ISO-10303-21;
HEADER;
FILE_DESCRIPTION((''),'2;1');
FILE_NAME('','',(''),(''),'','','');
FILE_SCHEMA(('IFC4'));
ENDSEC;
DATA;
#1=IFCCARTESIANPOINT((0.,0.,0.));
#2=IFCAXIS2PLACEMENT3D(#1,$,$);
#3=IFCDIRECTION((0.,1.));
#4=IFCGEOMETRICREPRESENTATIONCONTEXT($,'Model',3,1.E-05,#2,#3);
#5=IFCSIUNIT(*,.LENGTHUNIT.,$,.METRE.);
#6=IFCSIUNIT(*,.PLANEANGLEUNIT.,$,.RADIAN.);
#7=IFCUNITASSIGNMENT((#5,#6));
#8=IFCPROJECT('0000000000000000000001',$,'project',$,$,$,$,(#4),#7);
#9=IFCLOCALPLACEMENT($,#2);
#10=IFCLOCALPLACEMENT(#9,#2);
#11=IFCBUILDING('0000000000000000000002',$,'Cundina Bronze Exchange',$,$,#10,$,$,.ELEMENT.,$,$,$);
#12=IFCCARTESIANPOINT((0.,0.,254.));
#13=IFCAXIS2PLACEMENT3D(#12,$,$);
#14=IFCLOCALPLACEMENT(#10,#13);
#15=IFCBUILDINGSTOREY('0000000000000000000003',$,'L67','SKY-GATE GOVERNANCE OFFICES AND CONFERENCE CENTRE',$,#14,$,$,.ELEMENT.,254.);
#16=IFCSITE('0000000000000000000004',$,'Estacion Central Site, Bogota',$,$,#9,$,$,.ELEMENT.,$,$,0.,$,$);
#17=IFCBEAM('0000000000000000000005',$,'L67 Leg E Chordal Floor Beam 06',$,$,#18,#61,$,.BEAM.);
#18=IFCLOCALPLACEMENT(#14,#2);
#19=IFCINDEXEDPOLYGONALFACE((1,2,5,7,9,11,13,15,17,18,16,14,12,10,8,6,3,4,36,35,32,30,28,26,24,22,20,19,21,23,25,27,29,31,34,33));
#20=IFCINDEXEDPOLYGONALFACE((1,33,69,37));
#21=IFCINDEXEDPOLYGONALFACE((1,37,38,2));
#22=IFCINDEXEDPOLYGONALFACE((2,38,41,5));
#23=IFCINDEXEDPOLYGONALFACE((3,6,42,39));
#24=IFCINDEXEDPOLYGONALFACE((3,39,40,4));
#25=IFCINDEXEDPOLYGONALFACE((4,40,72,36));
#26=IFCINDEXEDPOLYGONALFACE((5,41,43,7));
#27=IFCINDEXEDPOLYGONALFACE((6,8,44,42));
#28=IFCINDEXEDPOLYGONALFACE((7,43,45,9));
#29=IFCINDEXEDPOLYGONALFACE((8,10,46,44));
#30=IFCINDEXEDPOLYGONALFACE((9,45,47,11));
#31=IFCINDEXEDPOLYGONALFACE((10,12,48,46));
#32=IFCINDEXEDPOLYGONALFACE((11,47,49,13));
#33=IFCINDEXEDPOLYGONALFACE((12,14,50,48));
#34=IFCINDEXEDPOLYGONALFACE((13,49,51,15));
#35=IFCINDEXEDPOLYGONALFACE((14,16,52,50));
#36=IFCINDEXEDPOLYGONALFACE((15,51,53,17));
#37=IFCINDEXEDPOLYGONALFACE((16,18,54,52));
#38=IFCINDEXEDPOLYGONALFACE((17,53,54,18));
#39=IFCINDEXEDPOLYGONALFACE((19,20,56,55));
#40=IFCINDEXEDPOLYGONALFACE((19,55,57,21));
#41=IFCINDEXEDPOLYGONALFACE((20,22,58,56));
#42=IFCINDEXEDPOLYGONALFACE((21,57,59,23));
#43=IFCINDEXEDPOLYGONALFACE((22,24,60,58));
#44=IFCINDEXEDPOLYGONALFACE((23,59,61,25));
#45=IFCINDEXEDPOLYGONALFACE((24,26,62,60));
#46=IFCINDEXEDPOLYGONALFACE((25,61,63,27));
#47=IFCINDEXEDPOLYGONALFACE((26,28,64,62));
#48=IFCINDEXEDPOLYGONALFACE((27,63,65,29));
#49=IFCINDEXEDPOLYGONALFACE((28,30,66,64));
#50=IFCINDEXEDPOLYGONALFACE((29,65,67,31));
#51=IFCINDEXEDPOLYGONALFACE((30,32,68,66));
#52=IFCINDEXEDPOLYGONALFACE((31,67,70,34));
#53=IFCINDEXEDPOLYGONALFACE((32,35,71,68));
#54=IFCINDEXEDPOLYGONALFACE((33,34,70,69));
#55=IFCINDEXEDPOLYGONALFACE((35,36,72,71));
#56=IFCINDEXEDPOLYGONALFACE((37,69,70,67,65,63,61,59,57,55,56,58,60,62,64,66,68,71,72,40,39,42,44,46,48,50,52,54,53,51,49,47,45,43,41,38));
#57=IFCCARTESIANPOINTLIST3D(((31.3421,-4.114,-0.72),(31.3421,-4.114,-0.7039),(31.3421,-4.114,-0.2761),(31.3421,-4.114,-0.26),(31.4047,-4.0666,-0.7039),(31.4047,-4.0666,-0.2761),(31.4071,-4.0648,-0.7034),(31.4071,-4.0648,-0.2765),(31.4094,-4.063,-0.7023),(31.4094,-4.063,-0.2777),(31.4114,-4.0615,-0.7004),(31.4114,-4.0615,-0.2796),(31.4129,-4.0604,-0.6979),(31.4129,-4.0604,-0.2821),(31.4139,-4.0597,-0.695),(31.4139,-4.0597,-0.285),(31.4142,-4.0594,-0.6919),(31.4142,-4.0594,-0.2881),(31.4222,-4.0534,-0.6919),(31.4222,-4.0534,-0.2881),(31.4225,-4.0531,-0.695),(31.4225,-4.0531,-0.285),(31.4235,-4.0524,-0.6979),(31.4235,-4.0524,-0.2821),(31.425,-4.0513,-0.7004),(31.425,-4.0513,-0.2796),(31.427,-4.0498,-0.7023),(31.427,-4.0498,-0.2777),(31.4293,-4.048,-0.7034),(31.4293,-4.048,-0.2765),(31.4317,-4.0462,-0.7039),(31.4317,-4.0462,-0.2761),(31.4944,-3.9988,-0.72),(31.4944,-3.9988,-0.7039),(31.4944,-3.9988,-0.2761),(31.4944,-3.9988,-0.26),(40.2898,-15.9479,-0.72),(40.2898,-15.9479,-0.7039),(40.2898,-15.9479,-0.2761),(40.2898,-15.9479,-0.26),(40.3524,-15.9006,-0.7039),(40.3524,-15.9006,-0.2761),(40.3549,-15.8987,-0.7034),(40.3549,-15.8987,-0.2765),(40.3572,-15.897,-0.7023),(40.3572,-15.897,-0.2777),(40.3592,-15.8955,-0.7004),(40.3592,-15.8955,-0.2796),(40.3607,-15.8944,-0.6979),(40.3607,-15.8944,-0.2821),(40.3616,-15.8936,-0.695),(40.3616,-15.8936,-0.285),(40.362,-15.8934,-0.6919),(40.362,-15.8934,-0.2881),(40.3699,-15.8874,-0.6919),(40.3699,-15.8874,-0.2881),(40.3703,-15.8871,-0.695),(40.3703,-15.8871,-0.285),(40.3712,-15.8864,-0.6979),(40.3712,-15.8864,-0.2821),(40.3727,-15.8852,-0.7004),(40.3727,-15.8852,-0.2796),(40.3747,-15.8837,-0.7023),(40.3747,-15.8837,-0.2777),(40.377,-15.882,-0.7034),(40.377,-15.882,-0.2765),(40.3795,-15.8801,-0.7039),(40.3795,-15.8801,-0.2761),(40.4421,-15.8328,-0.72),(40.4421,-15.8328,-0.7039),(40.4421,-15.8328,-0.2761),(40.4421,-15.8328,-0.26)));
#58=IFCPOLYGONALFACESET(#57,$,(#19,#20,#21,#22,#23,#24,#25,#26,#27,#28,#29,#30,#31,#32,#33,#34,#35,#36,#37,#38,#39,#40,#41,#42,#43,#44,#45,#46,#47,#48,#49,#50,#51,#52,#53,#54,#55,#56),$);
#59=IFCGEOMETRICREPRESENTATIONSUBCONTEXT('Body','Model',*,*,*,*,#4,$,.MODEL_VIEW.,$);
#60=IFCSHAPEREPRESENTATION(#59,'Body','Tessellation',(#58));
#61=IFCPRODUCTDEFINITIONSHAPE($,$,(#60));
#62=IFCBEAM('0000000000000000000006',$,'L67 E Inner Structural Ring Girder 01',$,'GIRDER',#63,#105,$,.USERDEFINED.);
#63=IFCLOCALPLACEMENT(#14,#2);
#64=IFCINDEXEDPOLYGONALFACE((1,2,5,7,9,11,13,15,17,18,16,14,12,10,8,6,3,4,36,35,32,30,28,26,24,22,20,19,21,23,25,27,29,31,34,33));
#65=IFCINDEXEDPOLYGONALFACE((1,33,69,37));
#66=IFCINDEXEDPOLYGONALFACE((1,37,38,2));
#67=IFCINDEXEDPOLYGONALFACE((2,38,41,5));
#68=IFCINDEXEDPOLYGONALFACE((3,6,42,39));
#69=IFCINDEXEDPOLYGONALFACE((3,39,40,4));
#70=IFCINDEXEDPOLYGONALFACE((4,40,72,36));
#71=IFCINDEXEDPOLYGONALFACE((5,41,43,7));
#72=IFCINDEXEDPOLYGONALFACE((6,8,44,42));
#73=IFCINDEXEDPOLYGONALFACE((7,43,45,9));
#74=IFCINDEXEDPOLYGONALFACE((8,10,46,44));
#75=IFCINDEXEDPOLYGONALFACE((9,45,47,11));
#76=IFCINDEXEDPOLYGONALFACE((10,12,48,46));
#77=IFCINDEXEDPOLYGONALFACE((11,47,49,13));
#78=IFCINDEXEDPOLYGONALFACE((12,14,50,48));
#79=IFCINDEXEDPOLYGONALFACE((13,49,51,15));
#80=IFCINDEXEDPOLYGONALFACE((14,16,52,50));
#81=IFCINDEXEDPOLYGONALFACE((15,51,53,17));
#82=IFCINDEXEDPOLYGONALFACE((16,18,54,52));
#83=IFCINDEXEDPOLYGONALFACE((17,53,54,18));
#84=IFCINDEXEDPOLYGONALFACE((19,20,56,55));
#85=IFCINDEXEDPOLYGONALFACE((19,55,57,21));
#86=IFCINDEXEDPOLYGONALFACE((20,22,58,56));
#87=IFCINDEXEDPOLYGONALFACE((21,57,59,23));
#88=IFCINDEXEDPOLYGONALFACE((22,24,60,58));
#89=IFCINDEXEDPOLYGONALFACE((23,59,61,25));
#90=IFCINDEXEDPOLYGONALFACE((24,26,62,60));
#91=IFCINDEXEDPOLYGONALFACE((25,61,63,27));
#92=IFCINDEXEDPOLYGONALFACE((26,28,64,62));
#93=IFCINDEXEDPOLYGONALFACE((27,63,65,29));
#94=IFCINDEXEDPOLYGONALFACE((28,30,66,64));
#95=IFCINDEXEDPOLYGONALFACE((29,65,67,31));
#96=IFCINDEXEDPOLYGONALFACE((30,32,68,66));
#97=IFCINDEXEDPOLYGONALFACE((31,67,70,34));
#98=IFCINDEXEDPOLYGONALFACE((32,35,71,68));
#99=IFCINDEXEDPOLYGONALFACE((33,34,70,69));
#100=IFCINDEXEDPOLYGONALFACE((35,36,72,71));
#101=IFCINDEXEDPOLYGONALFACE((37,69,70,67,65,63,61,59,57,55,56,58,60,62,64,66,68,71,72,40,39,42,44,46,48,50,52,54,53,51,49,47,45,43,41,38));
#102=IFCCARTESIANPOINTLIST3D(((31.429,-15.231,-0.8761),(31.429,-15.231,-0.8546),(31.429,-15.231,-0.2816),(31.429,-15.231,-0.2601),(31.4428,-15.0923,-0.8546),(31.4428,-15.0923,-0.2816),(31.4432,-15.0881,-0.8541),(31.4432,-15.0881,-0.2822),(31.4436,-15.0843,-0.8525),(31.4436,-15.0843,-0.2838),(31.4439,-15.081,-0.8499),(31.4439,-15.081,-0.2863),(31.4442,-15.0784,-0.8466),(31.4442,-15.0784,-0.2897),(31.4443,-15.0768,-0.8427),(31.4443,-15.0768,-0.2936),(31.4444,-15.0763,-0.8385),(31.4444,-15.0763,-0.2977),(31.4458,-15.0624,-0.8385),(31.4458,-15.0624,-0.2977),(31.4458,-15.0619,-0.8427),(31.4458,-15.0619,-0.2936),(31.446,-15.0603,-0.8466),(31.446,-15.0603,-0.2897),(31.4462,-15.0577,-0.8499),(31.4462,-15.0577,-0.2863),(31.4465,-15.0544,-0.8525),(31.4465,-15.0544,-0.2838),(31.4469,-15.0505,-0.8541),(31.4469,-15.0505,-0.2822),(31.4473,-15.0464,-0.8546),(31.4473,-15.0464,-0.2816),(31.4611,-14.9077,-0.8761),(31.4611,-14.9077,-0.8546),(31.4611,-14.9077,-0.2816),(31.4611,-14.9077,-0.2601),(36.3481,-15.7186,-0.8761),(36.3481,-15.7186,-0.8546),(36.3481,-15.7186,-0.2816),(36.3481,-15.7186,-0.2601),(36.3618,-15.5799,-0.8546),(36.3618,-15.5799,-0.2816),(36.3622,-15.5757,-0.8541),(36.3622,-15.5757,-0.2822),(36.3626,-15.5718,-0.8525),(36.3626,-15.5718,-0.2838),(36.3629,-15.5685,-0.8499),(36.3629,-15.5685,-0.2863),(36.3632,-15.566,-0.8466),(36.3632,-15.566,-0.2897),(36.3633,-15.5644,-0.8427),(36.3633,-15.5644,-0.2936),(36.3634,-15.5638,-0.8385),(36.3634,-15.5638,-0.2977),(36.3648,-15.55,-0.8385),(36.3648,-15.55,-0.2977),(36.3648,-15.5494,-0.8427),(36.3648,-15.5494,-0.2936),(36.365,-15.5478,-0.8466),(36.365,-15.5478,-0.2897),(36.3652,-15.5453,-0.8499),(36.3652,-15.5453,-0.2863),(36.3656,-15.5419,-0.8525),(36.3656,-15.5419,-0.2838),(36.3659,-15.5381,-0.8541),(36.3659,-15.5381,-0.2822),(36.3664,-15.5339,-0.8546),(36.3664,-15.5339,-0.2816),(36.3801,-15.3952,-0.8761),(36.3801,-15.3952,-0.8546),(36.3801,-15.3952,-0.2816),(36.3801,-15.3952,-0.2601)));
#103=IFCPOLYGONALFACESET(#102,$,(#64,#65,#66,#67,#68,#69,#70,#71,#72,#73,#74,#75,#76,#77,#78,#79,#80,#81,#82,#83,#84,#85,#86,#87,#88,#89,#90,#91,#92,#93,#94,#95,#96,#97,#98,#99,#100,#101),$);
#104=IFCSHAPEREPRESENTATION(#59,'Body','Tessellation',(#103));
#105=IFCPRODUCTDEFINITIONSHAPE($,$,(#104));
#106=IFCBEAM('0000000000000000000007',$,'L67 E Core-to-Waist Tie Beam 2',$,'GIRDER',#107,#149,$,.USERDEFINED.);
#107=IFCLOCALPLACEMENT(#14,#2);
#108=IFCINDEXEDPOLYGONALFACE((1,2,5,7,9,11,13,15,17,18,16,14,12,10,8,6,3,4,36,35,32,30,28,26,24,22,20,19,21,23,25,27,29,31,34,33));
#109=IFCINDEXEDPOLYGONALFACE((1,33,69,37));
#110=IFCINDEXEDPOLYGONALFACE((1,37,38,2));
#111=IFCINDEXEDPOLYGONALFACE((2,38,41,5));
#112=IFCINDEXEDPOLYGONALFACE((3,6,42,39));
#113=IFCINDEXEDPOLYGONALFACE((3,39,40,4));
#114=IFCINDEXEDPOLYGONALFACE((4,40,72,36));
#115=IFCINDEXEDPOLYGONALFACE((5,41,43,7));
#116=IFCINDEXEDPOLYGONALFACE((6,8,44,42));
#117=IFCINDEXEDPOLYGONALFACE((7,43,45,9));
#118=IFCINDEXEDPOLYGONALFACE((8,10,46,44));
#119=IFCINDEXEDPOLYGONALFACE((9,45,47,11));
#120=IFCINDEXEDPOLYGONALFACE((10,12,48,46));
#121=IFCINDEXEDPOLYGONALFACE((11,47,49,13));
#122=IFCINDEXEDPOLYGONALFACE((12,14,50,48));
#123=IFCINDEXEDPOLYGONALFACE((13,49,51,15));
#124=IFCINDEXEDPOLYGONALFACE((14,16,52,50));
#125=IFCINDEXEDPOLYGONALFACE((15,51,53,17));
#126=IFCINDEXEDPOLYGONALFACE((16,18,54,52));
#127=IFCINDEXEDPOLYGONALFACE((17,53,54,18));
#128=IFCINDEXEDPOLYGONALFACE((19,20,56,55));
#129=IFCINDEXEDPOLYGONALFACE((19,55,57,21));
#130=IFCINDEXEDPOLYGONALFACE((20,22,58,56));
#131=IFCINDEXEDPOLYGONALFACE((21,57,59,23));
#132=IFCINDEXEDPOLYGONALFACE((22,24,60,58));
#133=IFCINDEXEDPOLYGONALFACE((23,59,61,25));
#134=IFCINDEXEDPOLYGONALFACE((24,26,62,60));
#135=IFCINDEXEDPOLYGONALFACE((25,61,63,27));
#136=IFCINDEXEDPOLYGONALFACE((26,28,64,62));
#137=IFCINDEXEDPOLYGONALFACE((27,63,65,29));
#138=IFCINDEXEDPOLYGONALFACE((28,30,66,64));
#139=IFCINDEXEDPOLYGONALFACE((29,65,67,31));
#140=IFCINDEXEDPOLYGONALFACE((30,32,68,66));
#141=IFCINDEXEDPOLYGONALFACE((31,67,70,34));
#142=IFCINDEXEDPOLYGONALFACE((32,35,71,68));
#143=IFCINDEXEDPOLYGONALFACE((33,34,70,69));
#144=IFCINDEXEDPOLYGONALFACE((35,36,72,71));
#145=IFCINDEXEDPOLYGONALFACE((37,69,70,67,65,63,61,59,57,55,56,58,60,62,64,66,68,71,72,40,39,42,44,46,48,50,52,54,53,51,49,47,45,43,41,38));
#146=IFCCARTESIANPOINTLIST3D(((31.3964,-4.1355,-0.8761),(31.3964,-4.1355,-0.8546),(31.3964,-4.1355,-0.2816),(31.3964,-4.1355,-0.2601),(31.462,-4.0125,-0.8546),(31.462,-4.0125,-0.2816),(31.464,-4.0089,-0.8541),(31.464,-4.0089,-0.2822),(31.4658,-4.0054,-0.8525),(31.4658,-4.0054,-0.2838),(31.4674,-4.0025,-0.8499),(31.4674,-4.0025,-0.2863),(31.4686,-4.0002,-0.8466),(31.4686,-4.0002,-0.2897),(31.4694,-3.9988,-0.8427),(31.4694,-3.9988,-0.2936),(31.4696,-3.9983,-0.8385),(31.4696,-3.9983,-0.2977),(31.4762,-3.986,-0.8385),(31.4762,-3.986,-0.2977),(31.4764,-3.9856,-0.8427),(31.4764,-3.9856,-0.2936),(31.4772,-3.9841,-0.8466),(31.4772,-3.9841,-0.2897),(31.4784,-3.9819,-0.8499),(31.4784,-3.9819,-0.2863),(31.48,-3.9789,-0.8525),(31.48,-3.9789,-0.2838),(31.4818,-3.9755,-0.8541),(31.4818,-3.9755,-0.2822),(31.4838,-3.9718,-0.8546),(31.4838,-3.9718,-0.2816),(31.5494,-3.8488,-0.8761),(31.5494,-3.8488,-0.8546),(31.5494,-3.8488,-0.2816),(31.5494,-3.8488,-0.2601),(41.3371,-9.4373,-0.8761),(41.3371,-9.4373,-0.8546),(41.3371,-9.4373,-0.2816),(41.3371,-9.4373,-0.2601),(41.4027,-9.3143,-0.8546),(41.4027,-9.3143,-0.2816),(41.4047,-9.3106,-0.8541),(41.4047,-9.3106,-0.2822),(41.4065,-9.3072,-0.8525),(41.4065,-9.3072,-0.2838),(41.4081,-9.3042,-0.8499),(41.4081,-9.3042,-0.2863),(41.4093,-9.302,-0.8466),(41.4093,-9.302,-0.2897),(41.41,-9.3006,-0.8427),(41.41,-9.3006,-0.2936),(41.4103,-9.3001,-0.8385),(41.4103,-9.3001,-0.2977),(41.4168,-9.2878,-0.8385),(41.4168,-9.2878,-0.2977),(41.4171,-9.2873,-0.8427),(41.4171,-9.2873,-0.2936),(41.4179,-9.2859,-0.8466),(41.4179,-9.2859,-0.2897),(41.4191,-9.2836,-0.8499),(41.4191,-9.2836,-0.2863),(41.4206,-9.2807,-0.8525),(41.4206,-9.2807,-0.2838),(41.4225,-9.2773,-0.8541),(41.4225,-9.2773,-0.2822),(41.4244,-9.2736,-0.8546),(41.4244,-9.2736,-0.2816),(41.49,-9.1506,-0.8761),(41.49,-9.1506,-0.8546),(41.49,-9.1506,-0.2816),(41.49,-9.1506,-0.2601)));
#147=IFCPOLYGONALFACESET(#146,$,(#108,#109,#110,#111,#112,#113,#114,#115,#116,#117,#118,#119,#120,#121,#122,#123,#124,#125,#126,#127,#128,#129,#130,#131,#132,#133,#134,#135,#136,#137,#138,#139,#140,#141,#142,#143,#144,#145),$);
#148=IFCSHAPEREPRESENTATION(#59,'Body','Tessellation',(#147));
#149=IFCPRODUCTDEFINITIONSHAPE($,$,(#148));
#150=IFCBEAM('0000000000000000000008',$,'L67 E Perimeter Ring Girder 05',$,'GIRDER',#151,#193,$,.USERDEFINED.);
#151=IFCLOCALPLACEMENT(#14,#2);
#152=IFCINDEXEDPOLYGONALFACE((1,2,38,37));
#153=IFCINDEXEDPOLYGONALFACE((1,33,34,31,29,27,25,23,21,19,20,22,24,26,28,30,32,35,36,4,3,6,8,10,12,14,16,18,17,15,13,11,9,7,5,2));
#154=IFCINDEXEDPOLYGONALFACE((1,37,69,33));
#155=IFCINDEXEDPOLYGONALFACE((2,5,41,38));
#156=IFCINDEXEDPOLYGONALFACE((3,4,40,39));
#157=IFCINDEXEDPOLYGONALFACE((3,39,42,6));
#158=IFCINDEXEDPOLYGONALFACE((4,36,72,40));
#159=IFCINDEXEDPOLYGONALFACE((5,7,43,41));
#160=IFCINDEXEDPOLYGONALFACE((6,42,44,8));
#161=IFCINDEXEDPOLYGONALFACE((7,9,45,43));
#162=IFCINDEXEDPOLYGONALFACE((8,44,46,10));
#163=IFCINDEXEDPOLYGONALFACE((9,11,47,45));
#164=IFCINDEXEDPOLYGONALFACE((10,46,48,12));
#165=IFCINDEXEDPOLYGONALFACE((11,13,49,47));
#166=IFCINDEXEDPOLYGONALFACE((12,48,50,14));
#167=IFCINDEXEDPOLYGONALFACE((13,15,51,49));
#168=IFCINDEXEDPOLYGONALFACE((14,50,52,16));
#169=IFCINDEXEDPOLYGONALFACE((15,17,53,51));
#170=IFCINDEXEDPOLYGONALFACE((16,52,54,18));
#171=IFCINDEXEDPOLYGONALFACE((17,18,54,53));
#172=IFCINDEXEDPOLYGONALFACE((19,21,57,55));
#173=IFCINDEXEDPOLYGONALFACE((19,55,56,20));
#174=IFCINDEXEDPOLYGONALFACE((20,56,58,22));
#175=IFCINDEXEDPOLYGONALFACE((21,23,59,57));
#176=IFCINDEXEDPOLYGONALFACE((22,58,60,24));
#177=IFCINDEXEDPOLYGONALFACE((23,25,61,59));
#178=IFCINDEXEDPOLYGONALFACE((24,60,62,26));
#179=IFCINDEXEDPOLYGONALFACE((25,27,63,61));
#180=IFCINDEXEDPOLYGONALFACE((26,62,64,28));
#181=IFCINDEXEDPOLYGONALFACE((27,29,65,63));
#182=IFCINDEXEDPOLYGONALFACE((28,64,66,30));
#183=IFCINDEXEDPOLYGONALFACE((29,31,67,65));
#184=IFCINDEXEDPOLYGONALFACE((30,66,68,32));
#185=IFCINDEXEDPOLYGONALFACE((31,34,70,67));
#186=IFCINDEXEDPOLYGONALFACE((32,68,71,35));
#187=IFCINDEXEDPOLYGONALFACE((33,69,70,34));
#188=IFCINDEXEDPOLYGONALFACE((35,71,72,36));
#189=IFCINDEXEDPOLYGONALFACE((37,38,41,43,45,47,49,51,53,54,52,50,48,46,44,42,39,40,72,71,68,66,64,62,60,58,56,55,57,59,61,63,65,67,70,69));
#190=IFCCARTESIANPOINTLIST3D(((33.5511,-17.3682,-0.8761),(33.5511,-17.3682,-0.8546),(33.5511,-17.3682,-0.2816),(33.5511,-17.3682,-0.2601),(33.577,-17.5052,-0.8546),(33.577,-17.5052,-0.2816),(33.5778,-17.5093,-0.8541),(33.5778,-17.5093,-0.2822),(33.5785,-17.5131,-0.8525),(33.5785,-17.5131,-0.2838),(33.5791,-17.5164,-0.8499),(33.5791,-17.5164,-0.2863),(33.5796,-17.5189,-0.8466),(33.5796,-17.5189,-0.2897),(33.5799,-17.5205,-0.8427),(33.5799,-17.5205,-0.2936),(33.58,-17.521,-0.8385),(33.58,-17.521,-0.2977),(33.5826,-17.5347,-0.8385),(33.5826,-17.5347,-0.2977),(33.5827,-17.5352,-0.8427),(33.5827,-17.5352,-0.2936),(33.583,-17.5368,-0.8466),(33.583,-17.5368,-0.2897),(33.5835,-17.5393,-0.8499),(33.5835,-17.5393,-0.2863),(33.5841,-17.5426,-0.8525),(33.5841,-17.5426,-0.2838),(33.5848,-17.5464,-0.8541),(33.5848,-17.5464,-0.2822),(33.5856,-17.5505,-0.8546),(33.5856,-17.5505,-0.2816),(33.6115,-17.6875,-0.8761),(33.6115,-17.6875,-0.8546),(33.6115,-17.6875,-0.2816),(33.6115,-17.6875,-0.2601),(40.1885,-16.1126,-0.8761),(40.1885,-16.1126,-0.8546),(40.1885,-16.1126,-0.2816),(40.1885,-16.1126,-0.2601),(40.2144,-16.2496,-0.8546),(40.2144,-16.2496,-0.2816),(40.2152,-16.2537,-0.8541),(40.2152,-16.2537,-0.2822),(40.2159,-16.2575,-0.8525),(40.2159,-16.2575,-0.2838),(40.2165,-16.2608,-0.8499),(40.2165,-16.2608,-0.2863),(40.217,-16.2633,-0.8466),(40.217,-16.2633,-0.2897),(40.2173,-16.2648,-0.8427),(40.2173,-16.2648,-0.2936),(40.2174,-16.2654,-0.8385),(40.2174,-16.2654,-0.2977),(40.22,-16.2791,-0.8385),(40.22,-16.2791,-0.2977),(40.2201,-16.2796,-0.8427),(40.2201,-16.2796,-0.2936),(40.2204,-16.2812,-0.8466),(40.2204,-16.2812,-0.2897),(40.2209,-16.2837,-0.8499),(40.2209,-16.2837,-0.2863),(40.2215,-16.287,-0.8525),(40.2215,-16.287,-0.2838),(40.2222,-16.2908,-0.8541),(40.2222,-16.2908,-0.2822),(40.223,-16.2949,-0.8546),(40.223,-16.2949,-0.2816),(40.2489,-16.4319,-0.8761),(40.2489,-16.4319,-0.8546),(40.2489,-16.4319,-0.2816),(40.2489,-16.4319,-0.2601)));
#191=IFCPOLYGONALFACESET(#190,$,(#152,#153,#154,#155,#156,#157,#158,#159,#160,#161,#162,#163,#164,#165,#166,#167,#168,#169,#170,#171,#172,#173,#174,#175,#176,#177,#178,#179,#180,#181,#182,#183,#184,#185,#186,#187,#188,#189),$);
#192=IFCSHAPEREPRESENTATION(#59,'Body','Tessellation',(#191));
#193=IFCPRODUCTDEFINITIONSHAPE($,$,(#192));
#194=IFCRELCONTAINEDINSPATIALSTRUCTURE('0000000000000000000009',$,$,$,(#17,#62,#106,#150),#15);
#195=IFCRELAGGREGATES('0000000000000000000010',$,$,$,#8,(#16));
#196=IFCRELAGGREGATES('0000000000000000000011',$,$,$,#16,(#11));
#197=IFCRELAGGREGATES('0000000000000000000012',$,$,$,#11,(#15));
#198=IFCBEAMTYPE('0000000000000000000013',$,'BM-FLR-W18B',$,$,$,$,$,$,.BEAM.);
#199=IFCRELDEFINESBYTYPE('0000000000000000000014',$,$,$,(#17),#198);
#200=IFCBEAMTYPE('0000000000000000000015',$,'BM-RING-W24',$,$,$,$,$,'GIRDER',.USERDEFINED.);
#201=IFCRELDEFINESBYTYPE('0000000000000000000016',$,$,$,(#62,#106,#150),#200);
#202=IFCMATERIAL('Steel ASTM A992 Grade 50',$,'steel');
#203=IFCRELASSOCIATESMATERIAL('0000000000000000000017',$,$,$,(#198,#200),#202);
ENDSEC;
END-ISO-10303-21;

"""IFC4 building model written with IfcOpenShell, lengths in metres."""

from ifc_helpers import new_model, si_unit, direction, frame, origin, origin_2d, place, context, subcontext, project, spatial, i_section, extrude, material, material_profile, profile_set, type_object, element, save


model = new_model("IFC4")

# Units and contexts
model_context = context("Model", 3, precision=1e-05, world=origin(), true_north=direction((0.0, 1.0)))
body_context = subcontext(model_context, "Body", "Model", "MODEL_VIEW")
ifc_project = project(units=[si_unit("LENGTHUNIT", "METRE"), si_unit("PLANEANGLEUNIT", "RADIAN")], contexts=[model_context])

# Site, building, storey
site_placement = place(None, origin())
site = spatial("IfcSite", under=ifc_project, at=site_placement, Name="Estacion Central Site, Bogota", CompositionType="ELEMENT", RefElevation=0.0)
building_placement = place(site_placement, origin())
building = spatial("IfcBuilding", under=site, at=building_placement, Name="Cundina Bronze Exchange", CompositionType="ELEMENT")
storey_placement = place(building_placement, frame((0.0, 0.0, 254.0)))
storey = spatial("IfcBuildingStorey", under=building, at=storey_placement, Name="L67", Description="SKY-GATE GOVERNANCE OFFICES AND CONFERENCE CENTRE", CompositionType="ELEMENT", Elevation=254.0)

# Shared definitions
ifc_material_1 = material(Name="Steel ASTM A992 Grade 50", Category="steel")

# Beams
ifc_material_profile_1 = material_profile(ifc_material_1, i_section(OverallWidth=0.1909, OverallDepth=0.46, WebThickness=0.01, FlangeThickness=0.0161, FilletRadius=0.012, at=origin_2d()), Name="W18X55", Category="steel")
ifc_profile_set_1 = profile_set([ifc_material_profile_1], Name="Steel ASTM A992 Grade 50")
beam_type_1 = type_object("IfcBeamType", Name="BM-FLR-W18B", PredefinedType="BEAM", material=ifc_profile_set_1)
beam_1_placement = place(storey_placement, frame((31.4182, -4.0564, -0.49), z_axis=(0.603113, -0.797656, 0.0), x_axis=(0.797656, 0.603113, 0.0)))
element("IfcBeam", 1, at=beam_1_placement, inside=storey, type_object=beam_type_1, Name="L67 Leg E Chordal Floor Beam 06", PredefinedType="BEAM", context=body_context, shape_type="SweptSolid", body=[
    extrude(i_section(OverallWidth=0.1909, OverallDepth=0.46, WebThickness=0.01, FlangeThickness=0.0161, FilletRadius=0.012, at=origin_2d()), origin(), (0.0, 0.0, 1.0), 14.8359),
])
ifc_material_profile_2 = material_profile(ifc_material_1, i_section(OverallWidth=0.325, OverallDepth=0.616, WebThickness=0.0139, FlangeThickness=0.0215, FilletRadius=0.0161, at=origin_2d()), Name="W24X117", Category="steel")
ifc_profile_set_2 = profile_set([ifc_material_profile_2], Name="Steel ASTM A992 Grade 50")
beam_type_2 = type_object("IfcBeamType", Name="BM-RING-W24", ElementType="GIRDER", PredefinedType="USERDEFINED", material=ifc_profile_set_2)
beam_2_placement = place(storey_placement, frame((31.4451, -15.0693, -0.5681), z_axis=(0.995124, -0.098633, 0.0), x_axis=(0.098633, 0.995124, 0.0)))
element("IfcBeam", 2, at=beam_2_placement, inside=storey, type_object=beam_type_2, Name="L67 E Inner Structural Ring Girder 01", ObjectType="GIRDER", PredefinedType="USERDEFINED", context=body_context, shape_type="SweptSolid", body=[
    extrude(i_section(OverallWidth=0.325, OverallDepth=0.616, WebThickness=0.0139, FlangeThickness=0.0215, FilletRadius=0.0161, at=origin_2d()), origin(), (0.0, 0.0, 1.0), 4.9431),
])
beam_3_placement = place(storey_placement, frame((31.4729, -3.9922, -0.5681), z_axis=(0.882351, -0.470593, 0.0), x_axis=(0.470593, 0.882351, 0.0)))
element("IfcBeam", 3, at=beam_3_placement, inside=storey, type_object=beam_type_2, Name="L67 E Core-to-Waist Tie Beam 2", ObjectType="GIRDER", PredefinedType="USERDEFINED", context=body_context, shape_type="SweptSolid", body=[
    extrude(i_section(OverallWidth=0.325, OverallDepth=0.616, WebThickness=0.0139, FlangeThickness=0.0215, FilletRadius=0.0161, at=origin_2d()), origin(), (0.0, 0.0, 1.0), 11.2661),
])
beam_4_placement = place(storey_placement, frame((33.5813, -17.5278, -0.5681), z_axis=(0.982573, 0.185875, 0.0), x_axis=(-0.185875, 0.982573, 0.0)))
element("IfcBeam", 4, at=beam_4_placement, inside=storey, type_object=beam_type_2, Name="L67 E Perimeter Ring Girder 05", ObjectType="GIRDER", PredefinedType="USERDEFINED", context=body_context, shape_type="SweptSolid", body=[
    extrude(i_section(OverallWidth=0.325, OverallDepth=0.616, WebThickness=0.0139, FlangeThickness=0.0215, FilletRadius=0.0161, at=origin_2d()), origin(), (0.0, 0.0, 1.0), 6.7551),
])

save(model, "model.ifc")
